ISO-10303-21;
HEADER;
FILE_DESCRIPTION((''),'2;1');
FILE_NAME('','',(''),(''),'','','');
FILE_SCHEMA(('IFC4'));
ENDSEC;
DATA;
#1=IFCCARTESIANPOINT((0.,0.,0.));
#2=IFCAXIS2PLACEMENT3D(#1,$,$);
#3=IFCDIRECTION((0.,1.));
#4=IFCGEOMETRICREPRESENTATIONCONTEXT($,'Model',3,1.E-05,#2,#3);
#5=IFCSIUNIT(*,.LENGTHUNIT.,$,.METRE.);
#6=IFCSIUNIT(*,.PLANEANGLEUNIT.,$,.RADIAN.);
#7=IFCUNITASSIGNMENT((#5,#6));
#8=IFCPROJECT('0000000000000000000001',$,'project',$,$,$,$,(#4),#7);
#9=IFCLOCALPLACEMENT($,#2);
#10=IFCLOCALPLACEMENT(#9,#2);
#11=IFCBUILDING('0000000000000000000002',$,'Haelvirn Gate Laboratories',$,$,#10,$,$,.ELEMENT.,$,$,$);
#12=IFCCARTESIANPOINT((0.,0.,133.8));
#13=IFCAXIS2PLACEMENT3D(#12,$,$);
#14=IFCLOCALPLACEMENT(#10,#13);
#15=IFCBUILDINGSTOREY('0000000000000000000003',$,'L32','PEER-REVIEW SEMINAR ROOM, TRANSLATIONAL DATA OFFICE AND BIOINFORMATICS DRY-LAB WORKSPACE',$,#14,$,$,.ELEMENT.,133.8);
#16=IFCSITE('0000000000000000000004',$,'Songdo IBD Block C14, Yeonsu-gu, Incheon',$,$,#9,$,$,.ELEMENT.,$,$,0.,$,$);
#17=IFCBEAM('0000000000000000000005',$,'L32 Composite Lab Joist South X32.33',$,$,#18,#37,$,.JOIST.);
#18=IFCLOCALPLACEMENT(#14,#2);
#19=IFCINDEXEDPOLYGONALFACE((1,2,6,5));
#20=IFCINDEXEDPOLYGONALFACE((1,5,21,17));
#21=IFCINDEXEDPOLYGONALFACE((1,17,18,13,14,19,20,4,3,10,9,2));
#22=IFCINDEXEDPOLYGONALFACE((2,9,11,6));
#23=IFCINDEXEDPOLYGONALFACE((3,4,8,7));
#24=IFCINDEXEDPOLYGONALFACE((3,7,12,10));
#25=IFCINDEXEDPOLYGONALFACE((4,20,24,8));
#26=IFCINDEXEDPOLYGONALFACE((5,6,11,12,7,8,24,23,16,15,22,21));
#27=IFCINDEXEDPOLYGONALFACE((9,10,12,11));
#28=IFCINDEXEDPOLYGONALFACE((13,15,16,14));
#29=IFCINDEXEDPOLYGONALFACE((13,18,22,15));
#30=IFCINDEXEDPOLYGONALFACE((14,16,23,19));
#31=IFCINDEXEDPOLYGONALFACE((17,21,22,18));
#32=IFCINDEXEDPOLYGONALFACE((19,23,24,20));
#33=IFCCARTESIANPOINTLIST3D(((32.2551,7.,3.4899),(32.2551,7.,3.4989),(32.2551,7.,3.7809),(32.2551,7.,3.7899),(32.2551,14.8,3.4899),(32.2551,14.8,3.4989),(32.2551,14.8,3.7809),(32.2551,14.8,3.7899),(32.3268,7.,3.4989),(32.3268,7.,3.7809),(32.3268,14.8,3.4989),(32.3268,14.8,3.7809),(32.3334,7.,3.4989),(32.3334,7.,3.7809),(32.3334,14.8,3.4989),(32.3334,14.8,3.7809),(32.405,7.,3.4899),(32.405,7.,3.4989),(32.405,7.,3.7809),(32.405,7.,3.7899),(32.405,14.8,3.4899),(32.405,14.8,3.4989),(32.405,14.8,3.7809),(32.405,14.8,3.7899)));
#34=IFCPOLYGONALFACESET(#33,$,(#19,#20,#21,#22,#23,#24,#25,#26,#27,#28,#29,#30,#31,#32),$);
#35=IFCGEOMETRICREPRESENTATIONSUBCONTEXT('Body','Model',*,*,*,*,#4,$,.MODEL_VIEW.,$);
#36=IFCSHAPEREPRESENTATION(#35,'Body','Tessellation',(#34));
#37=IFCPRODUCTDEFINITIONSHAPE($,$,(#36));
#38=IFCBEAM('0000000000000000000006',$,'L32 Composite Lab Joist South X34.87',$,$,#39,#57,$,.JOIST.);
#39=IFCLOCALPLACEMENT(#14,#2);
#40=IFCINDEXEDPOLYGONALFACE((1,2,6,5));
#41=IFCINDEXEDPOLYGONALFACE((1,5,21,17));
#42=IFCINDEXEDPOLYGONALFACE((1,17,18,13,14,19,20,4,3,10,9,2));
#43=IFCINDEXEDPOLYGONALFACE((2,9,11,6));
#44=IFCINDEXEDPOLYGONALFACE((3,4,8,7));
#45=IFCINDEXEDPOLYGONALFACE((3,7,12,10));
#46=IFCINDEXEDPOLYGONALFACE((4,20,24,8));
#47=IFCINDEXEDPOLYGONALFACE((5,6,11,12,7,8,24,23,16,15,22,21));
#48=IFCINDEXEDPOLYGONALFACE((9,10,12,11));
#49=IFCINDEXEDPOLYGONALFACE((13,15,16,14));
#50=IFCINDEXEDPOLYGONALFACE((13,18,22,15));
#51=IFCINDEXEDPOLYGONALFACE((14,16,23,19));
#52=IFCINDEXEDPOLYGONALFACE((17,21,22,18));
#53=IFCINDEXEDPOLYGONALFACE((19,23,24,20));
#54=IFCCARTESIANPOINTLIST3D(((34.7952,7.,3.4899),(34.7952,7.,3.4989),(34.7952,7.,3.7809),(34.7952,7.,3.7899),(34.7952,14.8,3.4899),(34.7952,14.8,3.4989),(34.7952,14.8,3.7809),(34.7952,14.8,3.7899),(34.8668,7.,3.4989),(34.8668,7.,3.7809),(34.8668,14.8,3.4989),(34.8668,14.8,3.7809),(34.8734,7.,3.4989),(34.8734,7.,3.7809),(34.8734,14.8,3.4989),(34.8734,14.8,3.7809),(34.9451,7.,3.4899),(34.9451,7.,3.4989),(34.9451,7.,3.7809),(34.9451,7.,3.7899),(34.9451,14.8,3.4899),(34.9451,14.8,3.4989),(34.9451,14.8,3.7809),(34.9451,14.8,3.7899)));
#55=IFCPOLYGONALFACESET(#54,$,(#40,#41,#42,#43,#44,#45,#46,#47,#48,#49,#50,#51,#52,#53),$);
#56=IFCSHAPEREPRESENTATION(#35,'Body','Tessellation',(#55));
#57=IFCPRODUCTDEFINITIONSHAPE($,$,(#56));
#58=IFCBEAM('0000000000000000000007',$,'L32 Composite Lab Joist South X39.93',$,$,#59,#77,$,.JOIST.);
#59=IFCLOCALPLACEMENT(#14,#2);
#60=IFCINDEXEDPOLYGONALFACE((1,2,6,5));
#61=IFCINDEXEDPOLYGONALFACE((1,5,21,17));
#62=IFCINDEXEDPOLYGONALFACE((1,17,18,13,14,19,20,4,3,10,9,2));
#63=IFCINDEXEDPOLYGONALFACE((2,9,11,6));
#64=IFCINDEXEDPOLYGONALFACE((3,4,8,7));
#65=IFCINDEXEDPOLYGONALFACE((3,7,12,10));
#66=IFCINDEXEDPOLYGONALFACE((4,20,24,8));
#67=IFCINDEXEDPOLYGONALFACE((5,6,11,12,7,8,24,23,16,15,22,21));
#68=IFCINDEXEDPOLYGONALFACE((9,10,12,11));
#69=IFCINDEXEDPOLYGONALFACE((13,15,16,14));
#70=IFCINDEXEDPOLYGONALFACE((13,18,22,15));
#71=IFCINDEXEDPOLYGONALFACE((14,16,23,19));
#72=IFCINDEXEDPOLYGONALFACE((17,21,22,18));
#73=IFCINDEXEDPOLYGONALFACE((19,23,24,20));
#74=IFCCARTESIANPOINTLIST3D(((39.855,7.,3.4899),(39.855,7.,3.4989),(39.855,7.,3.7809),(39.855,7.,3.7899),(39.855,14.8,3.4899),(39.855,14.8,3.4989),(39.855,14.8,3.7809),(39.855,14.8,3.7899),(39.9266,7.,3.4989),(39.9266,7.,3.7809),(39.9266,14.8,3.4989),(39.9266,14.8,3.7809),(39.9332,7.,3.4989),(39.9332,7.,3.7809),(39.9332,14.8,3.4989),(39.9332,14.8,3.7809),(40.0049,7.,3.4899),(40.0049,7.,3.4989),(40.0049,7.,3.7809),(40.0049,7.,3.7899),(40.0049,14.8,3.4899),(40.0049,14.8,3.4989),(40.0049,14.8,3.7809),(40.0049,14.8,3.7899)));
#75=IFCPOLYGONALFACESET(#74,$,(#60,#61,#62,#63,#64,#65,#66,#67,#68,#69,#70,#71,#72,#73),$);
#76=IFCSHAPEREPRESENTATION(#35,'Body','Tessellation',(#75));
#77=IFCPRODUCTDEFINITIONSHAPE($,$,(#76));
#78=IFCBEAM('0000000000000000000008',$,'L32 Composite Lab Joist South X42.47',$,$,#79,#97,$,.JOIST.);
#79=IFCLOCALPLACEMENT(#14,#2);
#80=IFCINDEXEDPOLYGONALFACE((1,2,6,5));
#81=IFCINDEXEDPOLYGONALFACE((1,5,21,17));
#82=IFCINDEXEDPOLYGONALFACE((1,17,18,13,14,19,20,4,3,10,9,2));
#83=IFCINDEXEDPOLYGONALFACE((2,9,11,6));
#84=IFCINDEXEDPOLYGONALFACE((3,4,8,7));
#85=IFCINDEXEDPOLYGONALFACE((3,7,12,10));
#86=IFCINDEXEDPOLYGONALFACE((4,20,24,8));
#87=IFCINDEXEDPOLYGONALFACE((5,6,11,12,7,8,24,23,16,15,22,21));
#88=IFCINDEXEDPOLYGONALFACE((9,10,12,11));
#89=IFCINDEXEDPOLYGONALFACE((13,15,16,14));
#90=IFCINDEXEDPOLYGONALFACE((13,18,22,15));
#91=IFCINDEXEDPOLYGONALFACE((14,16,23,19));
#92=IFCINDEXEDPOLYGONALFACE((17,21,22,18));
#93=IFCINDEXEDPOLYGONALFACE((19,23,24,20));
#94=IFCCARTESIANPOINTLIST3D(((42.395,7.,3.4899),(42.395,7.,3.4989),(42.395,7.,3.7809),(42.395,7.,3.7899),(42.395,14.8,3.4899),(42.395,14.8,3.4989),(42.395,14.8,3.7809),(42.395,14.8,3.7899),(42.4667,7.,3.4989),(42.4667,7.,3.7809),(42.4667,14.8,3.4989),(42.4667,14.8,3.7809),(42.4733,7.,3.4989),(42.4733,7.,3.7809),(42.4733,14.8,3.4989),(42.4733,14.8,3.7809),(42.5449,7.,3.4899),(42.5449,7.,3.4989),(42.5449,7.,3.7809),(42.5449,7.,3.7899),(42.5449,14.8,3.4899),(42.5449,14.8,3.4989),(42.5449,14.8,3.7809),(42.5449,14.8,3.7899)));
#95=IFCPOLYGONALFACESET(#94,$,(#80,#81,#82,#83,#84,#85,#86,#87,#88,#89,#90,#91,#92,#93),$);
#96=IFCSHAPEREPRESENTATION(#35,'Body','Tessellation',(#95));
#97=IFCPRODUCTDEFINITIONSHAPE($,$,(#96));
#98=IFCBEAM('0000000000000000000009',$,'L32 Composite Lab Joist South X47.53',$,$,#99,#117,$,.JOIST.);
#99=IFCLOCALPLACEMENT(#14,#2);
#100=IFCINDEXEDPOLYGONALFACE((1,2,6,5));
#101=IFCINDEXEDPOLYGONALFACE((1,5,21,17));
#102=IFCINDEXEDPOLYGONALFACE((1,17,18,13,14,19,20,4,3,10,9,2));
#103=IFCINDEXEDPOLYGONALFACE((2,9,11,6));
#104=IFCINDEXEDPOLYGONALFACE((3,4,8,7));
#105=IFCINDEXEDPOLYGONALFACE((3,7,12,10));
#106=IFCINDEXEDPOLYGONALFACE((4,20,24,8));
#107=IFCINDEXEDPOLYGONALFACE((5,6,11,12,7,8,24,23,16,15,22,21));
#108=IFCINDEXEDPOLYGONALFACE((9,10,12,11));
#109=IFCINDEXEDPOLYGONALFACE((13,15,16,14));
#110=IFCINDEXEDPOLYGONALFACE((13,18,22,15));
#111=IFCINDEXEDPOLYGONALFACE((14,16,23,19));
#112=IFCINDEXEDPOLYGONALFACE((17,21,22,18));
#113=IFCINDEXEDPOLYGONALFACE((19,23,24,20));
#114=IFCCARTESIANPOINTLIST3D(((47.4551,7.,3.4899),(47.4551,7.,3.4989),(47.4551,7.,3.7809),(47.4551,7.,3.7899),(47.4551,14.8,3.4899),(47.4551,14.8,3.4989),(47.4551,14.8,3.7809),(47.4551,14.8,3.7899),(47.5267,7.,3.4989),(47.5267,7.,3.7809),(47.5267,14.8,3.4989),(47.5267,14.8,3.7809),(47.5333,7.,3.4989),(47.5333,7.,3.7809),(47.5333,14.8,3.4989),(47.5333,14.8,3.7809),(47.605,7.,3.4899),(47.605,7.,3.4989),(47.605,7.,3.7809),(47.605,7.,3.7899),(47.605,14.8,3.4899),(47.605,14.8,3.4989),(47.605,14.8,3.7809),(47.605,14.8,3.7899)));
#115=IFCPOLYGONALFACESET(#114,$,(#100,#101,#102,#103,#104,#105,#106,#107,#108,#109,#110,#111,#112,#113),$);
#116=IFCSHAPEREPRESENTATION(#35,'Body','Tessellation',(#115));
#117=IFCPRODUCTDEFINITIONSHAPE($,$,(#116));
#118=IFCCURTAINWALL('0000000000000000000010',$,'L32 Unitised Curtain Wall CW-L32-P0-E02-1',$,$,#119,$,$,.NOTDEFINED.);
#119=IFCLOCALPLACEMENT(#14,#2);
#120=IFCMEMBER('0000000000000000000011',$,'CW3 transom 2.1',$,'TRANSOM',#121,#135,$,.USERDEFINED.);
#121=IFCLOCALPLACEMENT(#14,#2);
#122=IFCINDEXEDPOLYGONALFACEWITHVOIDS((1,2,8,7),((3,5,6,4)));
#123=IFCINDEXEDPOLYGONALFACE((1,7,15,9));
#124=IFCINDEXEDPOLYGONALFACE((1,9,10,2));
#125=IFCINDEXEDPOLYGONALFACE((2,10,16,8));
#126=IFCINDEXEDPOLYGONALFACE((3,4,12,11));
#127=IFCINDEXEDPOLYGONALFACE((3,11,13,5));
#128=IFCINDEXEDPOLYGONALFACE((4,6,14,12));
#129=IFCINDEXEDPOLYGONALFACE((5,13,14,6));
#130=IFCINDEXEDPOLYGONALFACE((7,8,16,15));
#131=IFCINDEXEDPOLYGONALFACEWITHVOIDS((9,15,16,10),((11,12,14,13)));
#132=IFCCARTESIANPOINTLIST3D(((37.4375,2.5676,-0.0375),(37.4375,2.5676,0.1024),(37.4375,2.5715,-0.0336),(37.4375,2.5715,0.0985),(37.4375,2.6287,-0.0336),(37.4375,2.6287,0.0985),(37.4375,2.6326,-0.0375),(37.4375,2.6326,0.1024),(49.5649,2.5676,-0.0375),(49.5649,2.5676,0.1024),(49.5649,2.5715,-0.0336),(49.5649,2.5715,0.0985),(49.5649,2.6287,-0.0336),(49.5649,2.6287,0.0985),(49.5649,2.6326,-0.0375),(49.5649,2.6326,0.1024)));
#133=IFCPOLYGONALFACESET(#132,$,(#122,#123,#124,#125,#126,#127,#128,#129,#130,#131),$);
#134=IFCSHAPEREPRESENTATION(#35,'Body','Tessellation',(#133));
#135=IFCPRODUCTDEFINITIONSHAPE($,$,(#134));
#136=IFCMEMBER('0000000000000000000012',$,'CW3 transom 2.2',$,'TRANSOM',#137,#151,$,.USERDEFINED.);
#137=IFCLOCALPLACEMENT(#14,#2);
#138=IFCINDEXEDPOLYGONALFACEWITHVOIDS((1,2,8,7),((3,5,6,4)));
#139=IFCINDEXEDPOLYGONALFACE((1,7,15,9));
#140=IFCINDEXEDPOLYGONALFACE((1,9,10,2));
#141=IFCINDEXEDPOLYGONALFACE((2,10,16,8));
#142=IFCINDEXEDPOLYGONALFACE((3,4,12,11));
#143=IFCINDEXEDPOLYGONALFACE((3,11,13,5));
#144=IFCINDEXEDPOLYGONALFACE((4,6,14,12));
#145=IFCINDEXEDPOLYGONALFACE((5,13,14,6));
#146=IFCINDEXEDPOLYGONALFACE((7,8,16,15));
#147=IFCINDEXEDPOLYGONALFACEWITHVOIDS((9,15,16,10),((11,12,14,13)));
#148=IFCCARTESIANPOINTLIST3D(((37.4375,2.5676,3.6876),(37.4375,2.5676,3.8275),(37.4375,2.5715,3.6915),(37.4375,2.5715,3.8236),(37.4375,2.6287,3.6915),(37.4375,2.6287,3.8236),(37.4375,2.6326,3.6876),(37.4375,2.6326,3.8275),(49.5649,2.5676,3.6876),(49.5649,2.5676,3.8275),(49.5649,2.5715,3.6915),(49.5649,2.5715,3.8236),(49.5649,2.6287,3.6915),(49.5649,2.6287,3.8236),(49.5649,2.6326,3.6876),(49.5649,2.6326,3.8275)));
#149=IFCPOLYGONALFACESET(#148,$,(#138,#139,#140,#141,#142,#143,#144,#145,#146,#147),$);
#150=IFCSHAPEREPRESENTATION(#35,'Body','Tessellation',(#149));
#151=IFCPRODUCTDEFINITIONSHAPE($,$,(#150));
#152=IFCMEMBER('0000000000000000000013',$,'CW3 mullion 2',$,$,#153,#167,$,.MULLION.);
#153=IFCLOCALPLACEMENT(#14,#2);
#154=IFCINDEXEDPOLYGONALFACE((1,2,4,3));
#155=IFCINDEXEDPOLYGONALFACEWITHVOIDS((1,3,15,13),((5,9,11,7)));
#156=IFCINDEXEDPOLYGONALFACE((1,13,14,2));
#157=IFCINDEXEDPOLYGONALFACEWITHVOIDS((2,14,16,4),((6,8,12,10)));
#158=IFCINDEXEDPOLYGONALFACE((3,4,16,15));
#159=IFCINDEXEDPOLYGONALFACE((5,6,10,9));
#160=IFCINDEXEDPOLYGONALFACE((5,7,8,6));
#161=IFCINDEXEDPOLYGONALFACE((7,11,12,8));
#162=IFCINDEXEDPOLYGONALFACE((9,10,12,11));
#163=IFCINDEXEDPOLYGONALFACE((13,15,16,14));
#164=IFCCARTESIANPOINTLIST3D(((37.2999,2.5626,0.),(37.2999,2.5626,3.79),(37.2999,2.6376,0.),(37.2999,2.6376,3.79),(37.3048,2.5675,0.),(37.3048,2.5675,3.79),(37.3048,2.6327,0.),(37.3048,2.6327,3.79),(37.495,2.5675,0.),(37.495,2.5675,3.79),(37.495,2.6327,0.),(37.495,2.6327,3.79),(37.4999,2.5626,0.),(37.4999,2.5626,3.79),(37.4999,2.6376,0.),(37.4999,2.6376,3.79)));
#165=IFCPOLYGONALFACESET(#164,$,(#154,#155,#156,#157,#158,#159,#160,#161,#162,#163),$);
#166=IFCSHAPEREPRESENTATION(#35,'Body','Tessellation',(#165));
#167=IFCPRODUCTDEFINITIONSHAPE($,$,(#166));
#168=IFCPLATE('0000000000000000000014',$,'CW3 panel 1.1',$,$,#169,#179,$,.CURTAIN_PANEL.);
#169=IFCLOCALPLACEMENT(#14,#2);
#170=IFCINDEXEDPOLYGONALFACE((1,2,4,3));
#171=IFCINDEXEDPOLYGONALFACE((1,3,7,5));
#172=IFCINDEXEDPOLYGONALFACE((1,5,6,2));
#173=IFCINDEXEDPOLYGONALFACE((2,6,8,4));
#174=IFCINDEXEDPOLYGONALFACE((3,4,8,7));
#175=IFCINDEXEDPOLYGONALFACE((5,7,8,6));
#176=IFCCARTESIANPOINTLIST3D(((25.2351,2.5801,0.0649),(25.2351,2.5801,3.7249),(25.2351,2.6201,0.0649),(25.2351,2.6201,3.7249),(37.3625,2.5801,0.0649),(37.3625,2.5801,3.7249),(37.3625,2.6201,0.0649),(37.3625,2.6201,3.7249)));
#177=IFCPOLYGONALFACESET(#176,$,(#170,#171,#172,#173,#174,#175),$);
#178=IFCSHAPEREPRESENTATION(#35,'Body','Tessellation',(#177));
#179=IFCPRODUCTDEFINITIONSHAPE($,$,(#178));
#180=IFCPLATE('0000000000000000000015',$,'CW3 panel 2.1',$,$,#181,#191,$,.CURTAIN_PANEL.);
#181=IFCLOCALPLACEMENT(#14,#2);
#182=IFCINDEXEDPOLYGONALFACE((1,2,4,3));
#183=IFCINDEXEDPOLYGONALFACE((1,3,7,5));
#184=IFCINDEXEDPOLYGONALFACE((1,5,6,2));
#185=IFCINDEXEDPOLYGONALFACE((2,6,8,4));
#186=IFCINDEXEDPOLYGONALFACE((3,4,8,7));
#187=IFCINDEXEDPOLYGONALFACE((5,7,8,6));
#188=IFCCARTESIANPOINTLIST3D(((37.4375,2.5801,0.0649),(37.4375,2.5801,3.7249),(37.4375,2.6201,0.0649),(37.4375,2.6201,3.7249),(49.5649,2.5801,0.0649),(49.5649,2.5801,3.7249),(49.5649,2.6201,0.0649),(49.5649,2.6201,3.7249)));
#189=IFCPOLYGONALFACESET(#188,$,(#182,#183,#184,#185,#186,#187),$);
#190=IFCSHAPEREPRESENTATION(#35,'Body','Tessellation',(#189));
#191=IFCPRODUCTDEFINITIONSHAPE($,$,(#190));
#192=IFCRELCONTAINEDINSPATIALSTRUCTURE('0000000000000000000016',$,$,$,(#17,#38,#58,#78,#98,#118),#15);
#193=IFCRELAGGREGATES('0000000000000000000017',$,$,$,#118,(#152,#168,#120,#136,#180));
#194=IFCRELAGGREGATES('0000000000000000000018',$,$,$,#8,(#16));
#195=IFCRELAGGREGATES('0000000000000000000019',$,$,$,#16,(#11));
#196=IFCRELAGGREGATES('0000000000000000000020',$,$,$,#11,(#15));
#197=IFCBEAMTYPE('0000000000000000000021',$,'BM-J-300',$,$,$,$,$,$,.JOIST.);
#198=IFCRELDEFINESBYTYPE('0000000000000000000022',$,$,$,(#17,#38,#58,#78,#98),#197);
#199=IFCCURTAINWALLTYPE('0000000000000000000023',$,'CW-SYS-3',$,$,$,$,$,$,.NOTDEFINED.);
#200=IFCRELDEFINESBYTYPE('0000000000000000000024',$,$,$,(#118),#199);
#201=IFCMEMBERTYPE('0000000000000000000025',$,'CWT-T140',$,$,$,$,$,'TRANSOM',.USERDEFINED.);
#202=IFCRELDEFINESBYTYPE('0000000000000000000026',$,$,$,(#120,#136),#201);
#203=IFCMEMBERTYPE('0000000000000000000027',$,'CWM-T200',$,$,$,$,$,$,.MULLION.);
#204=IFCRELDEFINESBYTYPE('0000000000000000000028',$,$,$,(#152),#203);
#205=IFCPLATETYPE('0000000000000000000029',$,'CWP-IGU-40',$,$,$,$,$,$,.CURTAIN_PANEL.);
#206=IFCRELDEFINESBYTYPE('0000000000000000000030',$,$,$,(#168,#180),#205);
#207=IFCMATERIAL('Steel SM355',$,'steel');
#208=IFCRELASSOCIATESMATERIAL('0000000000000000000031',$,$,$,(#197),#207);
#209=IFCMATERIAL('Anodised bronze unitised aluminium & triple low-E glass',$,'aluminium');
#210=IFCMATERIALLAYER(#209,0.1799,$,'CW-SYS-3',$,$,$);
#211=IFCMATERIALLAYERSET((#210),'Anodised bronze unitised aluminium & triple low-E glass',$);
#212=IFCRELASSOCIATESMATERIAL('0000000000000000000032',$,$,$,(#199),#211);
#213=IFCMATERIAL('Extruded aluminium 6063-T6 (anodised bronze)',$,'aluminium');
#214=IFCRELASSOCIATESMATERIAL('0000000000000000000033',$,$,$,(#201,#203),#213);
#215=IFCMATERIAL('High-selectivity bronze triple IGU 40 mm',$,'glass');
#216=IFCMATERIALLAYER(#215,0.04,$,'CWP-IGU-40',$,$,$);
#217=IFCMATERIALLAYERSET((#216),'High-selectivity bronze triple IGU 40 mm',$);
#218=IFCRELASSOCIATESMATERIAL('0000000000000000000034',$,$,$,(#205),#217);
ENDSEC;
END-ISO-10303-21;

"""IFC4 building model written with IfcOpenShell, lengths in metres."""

from ifc_helpers import new_model, si_unit, direction, frame, origin, origin_2d, place, context, subcontext, project, spatial, rectangle, hollow_rectangle, i_section, extrude, source, transform, mapped, material, layer, layer_set, material_profile, profile_set, type_object, type_shapes, element, aggregate, save


model = new_model("IFC4")

# Units and contexts
model_context = context("Model", 3, precision=1e-05, world=origin(), true_north=direction((0.0, 1.0)))
body_context = subcontext(model_context, "Body", "Model", "MODEL_VIEW")
ifc_project = project(units=[si_unit("LENGTHUNIT", "METRE"), si_unit("PLANEANGLEUNIT", "RADIAN")], contexts=[model_context])

# Site, building, storey
site_placement = place(None, origin())
site = spatial("IfcSite", under=ifc_project, at=site_placement, Name="Songdo IBD Block C14, Yeonsu-gu, Incheon", CompositionType="ELEMENT", RefElevation=0.0)
building_placement = place(site_placement, origin())
building = spatial("IfcBuilding", under=site, at=building_placement, Name="Haelvirn Gate Laboratories", CompositionType="ELEMENT")
storey_placement = place(building_placement, frame((0.0, 0.0, 133.8)))
storey = spatial("IfcBuildingStorey", under=building, at=storey_placement, Name="L32", Description="PEER-REVIEW SEMINAR ROOM, TRANSLATIONAL DATA OFFICE AND BIOINFORMATICS DRY-LAB WORKSPACE", CompositionType="ELEMENT", Elevation=133.8)

# Shared definitions
ifc_material_1 = material(Name="Steel SM355", Category="steel")

# Beams
ifc_material_profile_1 = material_profile(ifc_material_1, i_section(OverallWidth=0.1499, OverallDepth=0.3, WebThickness=0.0066, FlangeThickness=0.009, at=origin_2d()), Name="H-300x150x6.5x9")
ifc_profile_set_1 = profile_set([ifc_material_profile_1], Name="Steel SM355")
beam_type_1 = type_object("IfcBeamType", Name="BM-J-300", PredefinedType="JOIST", material=ifc_profile_set_1)
shared_shape_1 = source(origin(), body_context, "Body", "SweptSolid", [
    extrude(i_section(OverallWidth=0.1499, OverallDepth=0.3, WebThickness=0.0066, FlangeThickness=0.009, at=origin_2d()), origin(), (0.0, 0.0, 1.0), 7.8),
])
type_shapes(beam_type_1, [shared_shape_1])
for number, where, z_axis, x_axis, name in (
    (1, (32.3301, 7.0, 3.6399), (0.0, 1.0, 0.0), (-1.0, 0.0, 0.0), "L32 Composite Lab Joist South X32.33"),
    (2, (34.8701, 7.0, 3.6399), (0.0, 1.0, 0.0), (-1.0, 0.0, 0.0), "L32 Composite Lab Joist South X34.87"),
    (3, (39.9299, 7.0, 3.6399), (0.0, 1.0, 0.0), (-1.0, 0.0, 0.0), "L32 Composite Lab Joist South X39.93"),
    (4, (42.47, 7.0, 3.6399), (0.0, 1.0, 0.0), (-1.0, 0.0, 0.0), "L32 Composite Lab Joist South X42.47"),
    (5, (47.53, 7.0, 3.6399), (0.0, 1.0, 0.0), (-1.0, 0.0, 0.0), "L32 Composite Lab Joist South X47.53"),
):
    element("IfcBeam", number, at=place(storey_placement, frame(where, z_axis=z_axis, x_axis=x_axis)), inside=storey, type_object=beam_type_1, Name=name, PredefinedType="JOIST", context=body_context, shape_type="MappedRepresentation", body=[
        mapped(shared_shape_1, transform((0.0, 0.0, 0.0), scale=1.0)),
    ])

# Curtain wall, members, plates
ifc_material_2 = material(Name="Anodised bronze unitised aluminium & triple low-E glass", Category="aluminium")
ifc_layer_1 = layer(ifc_material_2, 0.1799, Name="CW-SYS-3")
ifc_layer_set_1 = layer_set([ifc_layer_1], Name="Anodised bronze unitised aluminium & triple low-E glass")
curtain_wall_type = type_object("IfcCurtainWallType", Name="CW-SYS-3", PredefinedType="NOTDEFINED", material=ifc_layer_set_1)
curtain_wall_placement = place(storey_placement, origin())
curtain_wall = element("IfcCurtainWall", 6, at=curtain_wall_placement, inside=storey, type_object=curtain_wall_type, Name="L32 Unitised Curtain Wall CW-L32-P0-E02-1", PredefinedType="NOTDEFINED")
ifc_material_3 = material(Name="Extruded aluminium 6063-T6 (anodised bronze)", Category="aluminium")
ifc_material_profile_2 = material_profile(ifc_material_3, hollow_rectangle(XDim=0.0649, YDim=0.1399, WallThickness=0.0039, at=origin_2d()), Name="CWT-140x65x4")
ifc_profile_set_2 = profile_set([ifc_material_profile_2], Name="Extruded aluminium 6063-T6 (anodised bronze)")
member_type_1 = type_object("IfcMemberType", Name="CWT-T140", ElementType="TRANSOM", PredefinedType="USERDEFINED", material=ifc_profile_set_2)
shared_shape_2 = source(origin(), body_context, "Body", "SweptSolid", [
    extrude(hollow_rectangle(XDim=0.0649, YDim=0.1399, WallThickness=0.0039, at=origin_2d()), origin(), (0.0, 0.0, 1.0), 12.1274),
])
type_shapes(member_type_1, [shared_shape_2])
member_1_placement = place(storey_placement, frame((37.4375, 2.6001, 0.0325), z_axis=(1.0, 0.0, 0.0), x_axis=(0.0, 1.0, 0.0)))
member_1 = element("IfcMember", 7, at=member_1_placement, type_object=member_type_1, Name="CW3 transom 2.1", ObjectType="TRANSOM", PredefinedType="USERDEFINED", context=body_context, shape_type="MappedRepresentation", body=[
    mapped(shared_shape_2, transform((0.0, 0.0, 0.0), scale=1.0)),
])
member_2_placement = place(storey_placement, frame((37.4375, 2.6001, 3.7576), z_axis=(1.0, 0.0, 0.0), x_axis=(0.0, 1.0, 0.0)))
member_2 = element("IfcMember", 8, at=member_2_placement, type_object=member_type_1, Name="CW3 transom 2.2", ObjectType="TRANSOM", PredefinedType="USERDEFINED", context=body_context, shape_type="MappedRepresentation", body=[
    mapped(shared_shape_2, transform((0.0, 0.0, 0.0), scale=1.0)),
])
ifc_material_profile_3 = material_profile(ifc_material_3, hollow_rectangle(XDim=0.075, YDim=0.2, WallThickness=0.0049, at=origin_2d()), Name="CWM-200x75x5")
ifc_profile_set_3 = profile_set([ifc_material_profile_3], Name="Extruded aluminium 6063-T6 (anodised bronze)")
member_type_2 = type_object("IfcMemberType", Name="CWM-T200", PredefinedType="MULLION", material=ifc_profile_set_3)
shared_shape_3 = source(origin(), body_context, "Body", "SweptSolid", [
    extrude(hollow_rectangle(XDim=0.075, YDim=0.2, WallThickness=0.0049, at=origin_2d()), origin(), (0.0, 0.0, 1.0), 3.79),
])
type_shapes(member_type_2, [shared_shape_3])
member_3_placement = place(storey_placement, frame((37.3999, 2.6001, 0.0), z_axis=(0.0, 0.0, 1.0), x_axis=(0.0, 1.0, 0.0)))
member_3 = element("IfcMember", 9, at=member_3_placement, type_object=member_type_2, Name="CW3 mullion 2", PredefinedType="MULLION", context=body_context, shape_type="MappedRepresentation", body=[
    mapped(shared_shape_3, transform((0.0, 0.0, 0.0), scale=1.0)),
])
ifc_material_4 = material(Name="High-selectivity bronze triple IGU 40 mm", Category="glass")
ifc_layer_2 = layer(ifc_material_4, 0.04, Name="CWP-IGU-40")
ifc_layer_set_2 = layer_set([ifc_layer_2], Name="High-selectivity bronze triple IGU 40 mm")
plate_type = type_object("IfcPlateType", Name="CWP-IGU-40", PredefinedType="CURTAIN_PANEL", material=ifc_layer_set_2)
shared_shape_4 = source(origin(), body_context, "Body", "SweptSolid", [
    extrude(rectangle(XDim=12.1274, YDim=0.04, at=origin_2d()), origin(), (0.0, 0.0, 1.0), 3.6599),
])
type_shapes(plate_type, [shared_shape_4])
plate_1_placement = place(storey_placement, frame((31.2988, 2.6001, 0.0649), z_axis=(0.0, 0.0, 1.0), x_axis=(1.0, 0.0, 0.0)))
plate_1 = element("IfcPlate", 10, at=plate_1_placement, type_object=plate_type, Name="CW3 panel 1.1", PredefinedType="CURTAIN_PANEL", context=body_context, shape_type="MappedRepresentation", body=[
    mapped(shared_shape_4, transform((0.0, 0.0, 0.0), scale=1.0)),
])
plate_2_placement = place(storey_placement, frame((43.5012, 2.6001, 0.0649), z_axis=(0.0, 0.0, 1.0), x_axis=(1.0, 0.0, 0.0)))
plate_2 = element("IfcPlate", 11, at=plate_2_placement, type_object=plate_type, Name="CW3 panel 2.1", PredefinedType="CURTAIN_PANEL", context=body_context, shape_type="MappedRepresentation", body=[
    mapped(shared_shape_4, transform((0.0, 0.0, 0.0), scale=1.0)),
])
aggregate(curtain_wall, [member_3, plate_1, member_1, member_2, plate_2])

save(model, "model.ifc")
